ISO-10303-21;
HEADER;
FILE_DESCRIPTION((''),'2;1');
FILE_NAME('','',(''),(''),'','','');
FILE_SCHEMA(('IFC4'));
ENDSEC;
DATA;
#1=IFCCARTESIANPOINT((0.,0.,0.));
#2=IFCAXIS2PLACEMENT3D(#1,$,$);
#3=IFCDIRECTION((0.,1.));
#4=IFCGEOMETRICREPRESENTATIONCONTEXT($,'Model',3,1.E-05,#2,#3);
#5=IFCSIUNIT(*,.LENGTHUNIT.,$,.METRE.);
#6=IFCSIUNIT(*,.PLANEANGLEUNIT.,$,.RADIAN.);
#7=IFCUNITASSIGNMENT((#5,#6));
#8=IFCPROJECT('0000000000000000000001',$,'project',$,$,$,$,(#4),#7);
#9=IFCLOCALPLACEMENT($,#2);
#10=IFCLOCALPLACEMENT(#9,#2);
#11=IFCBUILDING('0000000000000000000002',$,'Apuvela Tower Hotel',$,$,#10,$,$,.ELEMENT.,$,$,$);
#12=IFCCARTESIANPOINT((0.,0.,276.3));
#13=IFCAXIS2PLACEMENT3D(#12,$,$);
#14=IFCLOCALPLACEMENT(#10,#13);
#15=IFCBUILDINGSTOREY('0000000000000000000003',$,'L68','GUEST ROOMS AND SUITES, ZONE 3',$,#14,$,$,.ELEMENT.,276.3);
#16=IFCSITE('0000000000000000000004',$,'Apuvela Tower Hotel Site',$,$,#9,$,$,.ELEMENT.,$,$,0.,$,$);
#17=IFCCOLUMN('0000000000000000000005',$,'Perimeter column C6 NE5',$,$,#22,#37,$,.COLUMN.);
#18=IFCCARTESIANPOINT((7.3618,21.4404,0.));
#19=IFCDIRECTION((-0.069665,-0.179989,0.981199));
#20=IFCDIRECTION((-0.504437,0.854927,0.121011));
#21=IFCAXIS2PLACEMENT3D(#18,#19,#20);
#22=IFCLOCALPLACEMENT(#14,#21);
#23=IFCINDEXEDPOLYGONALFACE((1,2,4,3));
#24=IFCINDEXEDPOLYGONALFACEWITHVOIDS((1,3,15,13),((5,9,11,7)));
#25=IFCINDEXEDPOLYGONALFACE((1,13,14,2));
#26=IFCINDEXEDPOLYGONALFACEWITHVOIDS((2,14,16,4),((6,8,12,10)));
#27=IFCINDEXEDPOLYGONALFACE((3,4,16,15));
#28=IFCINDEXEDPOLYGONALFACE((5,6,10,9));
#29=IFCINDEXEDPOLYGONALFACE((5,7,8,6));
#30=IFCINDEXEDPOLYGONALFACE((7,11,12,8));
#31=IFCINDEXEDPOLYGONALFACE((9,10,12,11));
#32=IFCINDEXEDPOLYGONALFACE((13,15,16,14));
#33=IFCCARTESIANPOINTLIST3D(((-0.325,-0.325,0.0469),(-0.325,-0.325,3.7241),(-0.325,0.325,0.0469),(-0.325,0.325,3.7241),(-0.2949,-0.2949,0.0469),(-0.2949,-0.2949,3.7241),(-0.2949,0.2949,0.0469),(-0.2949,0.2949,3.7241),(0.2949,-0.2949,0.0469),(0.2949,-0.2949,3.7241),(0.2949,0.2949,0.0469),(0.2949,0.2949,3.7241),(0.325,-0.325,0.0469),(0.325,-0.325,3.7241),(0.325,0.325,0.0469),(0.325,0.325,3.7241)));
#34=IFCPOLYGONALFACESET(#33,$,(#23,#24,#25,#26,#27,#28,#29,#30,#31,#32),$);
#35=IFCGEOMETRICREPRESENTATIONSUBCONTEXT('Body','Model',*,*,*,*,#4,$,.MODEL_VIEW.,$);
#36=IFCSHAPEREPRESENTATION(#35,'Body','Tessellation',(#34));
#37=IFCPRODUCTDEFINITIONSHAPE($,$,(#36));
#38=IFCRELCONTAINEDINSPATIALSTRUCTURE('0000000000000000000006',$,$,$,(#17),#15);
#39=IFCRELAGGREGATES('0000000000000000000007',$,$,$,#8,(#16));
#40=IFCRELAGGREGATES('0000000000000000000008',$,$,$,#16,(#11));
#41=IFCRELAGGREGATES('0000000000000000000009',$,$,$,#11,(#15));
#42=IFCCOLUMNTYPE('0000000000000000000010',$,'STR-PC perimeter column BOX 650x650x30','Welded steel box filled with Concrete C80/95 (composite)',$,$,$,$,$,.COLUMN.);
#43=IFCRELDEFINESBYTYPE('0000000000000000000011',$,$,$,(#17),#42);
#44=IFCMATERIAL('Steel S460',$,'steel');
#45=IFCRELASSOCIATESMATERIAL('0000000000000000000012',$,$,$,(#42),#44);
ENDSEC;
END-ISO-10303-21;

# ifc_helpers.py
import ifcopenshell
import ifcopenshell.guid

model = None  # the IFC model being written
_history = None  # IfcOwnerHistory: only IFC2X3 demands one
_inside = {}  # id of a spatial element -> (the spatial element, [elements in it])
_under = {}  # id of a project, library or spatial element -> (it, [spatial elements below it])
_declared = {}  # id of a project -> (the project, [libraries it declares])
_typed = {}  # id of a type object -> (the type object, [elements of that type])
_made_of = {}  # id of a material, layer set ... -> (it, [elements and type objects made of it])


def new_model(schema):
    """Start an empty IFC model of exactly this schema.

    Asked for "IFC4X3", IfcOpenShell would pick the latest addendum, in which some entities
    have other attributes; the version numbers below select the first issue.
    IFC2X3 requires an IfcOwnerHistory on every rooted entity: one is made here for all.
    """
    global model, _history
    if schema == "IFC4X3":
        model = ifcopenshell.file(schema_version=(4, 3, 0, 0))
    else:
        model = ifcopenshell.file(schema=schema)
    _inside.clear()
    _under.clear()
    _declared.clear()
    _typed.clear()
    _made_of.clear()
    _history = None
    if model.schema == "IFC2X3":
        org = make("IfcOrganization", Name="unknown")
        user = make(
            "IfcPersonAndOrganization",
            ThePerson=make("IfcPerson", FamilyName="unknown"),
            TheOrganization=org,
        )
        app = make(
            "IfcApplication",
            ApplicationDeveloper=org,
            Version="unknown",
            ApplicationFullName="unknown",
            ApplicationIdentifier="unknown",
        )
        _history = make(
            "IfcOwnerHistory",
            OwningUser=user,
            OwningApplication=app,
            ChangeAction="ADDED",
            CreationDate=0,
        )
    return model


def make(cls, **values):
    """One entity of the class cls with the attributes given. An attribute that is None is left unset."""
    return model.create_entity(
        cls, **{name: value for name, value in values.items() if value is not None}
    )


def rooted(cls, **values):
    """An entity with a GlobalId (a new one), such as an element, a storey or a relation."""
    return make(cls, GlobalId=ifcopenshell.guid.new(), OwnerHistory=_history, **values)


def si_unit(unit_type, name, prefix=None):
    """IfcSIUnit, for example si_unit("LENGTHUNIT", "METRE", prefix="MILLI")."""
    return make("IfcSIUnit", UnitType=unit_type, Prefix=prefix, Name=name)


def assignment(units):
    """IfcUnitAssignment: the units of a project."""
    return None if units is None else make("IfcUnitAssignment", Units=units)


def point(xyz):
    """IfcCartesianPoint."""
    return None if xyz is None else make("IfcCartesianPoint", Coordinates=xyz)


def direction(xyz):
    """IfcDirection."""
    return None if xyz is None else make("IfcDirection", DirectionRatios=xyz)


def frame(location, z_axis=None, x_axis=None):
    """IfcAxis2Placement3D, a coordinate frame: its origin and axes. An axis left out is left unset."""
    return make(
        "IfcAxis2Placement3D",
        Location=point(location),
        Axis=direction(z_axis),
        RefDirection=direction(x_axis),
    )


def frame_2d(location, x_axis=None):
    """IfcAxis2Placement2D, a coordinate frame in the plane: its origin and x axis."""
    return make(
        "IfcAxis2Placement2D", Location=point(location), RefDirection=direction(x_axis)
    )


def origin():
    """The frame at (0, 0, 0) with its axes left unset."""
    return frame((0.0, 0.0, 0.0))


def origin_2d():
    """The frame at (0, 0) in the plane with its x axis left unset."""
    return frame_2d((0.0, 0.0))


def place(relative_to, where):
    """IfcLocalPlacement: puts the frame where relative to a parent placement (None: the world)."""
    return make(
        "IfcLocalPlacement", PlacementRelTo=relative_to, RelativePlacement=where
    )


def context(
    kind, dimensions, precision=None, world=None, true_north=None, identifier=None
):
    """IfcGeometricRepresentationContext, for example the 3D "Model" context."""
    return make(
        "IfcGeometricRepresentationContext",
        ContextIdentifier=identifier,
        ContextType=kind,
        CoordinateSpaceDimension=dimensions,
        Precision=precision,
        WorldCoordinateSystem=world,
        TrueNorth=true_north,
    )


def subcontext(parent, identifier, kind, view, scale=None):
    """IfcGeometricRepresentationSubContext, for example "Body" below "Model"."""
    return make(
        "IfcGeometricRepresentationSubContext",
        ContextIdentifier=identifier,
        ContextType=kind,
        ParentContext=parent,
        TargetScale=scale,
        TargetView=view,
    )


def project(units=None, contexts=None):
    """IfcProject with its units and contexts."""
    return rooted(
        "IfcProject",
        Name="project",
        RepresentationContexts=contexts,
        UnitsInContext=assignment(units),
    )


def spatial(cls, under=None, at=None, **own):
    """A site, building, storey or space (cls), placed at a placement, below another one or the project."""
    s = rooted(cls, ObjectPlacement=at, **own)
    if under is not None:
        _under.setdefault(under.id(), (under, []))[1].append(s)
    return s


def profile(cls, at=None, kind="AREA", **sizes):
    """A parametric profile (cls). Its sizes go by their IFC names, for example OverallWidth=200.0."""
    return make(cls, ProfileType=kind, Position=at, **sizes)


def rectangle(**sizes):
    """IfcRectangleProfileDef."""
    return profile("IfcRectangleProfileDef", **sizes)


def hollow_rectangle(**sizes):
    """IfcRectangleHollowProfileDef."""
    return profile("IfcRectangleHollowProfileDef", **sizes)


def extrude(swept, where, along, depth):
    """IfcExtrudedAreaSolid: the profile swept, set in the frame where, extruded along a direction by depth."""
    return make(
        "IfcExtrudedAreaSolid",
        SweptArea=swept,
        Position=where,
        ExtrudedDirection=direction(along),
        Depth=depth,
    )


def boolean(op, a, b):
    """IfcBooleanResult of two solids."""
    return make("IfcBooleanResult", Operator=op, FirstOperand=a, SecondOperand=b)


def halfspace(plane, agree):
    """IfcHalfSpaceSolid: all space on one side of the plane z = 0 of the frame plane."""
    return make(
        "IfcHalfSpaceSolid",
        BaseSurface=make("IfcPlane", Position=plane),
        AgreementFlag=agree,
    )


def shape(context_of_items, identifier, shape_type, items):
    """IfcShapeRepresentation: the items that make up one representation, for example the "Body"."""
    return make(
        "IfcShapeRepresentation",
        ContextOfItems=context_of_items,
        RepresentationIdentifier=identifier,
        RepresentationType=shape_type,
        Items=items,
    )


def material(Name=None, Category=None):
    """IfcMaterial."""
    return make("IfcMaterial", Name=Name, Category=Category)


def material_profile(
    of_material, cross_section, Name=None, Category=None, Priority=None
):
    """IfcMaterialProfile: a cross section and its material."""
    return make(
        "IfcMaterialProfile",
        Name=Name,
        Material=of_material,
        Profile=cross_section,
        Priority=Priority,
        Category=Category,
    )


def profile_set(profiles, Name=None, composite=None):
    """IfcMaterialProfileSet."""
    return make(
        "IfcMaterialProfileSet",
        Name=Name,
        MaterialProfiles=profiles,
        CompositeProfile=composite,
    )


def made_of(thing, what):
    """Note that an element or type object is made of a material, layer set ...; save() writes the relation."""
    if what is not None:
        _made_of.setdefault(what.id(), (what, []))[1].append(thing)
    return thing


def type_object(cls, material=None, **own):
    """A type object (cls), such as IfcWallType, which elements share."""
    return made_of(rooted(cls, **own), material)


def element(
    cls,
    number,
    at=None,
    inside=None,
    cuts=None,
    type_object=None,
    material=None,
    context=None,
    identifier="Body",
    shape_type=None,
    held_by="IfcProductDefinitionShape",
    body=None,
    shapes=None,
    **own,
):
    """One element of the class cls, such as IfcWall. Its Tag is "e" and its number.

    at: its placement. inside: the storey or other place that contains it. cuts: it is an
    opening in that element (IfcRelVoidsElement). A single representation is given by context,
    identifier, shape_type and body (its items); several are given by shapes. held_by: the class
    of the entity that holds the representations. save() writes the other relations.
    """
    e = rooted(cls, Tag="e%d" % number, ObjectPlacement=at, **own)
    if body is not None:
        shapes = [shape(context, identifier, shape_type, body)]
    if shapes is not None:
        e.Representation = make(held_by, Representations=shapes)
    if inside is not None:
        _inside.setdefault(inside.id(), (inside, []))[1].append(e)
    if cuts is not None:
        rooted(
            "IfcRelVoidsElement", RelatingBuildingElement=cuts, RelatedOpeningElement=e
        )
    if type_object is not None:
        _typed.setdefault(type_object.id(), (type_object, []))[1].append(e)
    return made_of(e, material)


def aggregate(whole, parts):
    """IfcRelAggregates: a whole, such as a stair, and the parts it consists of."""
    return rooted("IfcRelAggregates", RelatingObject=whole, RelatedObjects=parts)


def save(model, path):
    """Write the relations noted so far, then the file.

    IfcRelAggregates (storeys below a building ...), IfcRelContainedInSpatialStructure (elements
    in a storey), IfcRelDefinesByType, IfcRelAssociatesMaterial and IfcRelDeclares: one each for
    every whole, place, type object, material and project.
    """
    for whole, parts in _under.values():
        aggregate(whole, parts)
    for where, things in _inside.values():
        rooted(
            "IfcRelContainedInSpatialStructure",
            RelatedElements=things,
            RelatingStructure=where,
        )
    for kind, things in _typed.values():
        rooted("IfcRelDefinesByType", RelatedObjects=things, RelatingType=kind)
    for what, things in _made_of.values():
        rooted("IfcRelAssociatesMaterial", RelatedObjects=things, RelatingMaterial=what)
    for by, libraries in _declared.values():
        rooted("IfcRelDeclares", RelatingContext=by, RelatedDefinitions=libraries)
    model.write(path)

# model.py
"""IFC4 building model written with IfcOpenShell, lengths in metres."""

from ifc_helpers import new_model, si_unit, direction, frame, origin, origin_2d, place, context, subcontext, project, spatial, rectangle, hollow_rectangle, extrude, boolean, halfspace, material, material_profile, profile_set, type_object, element, save


model = new_model("IFC4")

# Units and contexts
model_context = context("Model", 3, precision=1e-05, world=origin(), true_north=direction((0.0, 1.0)))
body_context = subcontext(model_context, "Body", "Model", "MODEL_VIEW")
ifc_project = project(units=[si_unit("LENGTHUNIT", "METRE"), si_unit("PLANEANGLEUNIT", "RADIAN")], contexts=[model_context])

# Site, building, storey
site_placement = place(None, origin())
site = spatial("IfcSite", under=ifc_project, at=site_placement, Name="Apuvela Tower Hotel Site", CompositionType="ELEMENT", RefElevation=0.0)
building_placement = place(site_placement, origin())
building = spatial("IfcBuilding", under=site, at=building_placement, Name="Apuvela Tower Hotel", CompositionType="ELEMENT")
storey_placement = place(building_placement, frame((0.0, 0.0, 276.3)))
storey = spatial("IfcBuildingStorey", under=building, at=storey_placement, Name="L68", Description="GUEST ROOMS AND SUITES, ZONE 3", CompositionType="ELEMENT", Elevation=276.3)

# Column
ifc_material_1 = material(Name="Steel S460", Category="steel")
ifc_material_profile_1 = material_profile(ifc_material_1, hollow_rectangle(XDim=0.6499, YDim=0.6499, WallThickness=0.03, at=origin_2d()), Name="BOX 650x650x30")
ifc_material_2 = material(Name="Concrete C80/95", Category="concrete")
ifc_material_profile_2 = material_profile(ifc_material_2, rectangle(XDim=0.5901, YDim=0.5901, at=origin_2d()), Name="Concrete C80/95 infill")
ifc_profile_set_1 = profile_set([ifc_material_profile_1, ifc_material_profile_2], Name="Steel S460")
column_type = type_object("IfcColumnType", Name="STR-PC perimeter column BOX 650x650x30", Description="Welded steel box filled with Concrete C80/95 (composite)", PredefinedType="COLUMN", material=ifc_profile_set_1)
column_placement = place(storey_placement, frame((7.3618, 21.4404, 0.0), z_axis=(-0.069665, -0.179989, 0.981199), x_axis=(-0.504437, 0.854927, 0.121011)))
element("IfcColumn", 1, at=column_placement, inside=storey, type_object=column_type, Name="Perimeter column C6 NE5", PredefinedType="COLUMN", context=body_context, shape_type="SweptSolid", body=[
    boolean("DIFFERENCE", boolean("DIFFERENCE", extrude(hollow_rectangle(XDim=0.6499, YDim=0.6499, WallThickness=0.03, at=origin_2d()), origin(), (0.0, 0.0, 1.0), 3.7708), halfspace(frame((0.0, 0.0, 0.0469), z_axis=(0.0, 0.0, 1.0), x_axis=(1.0, 0.0, 0.0)), True)), halfspace(frame((0.0, 0.0, 3.7241), z_axis=(0.0, 0.0, 1.0), x_axis=(1.0, 0.0, 0.0)), False)),
])

save(model, "model.ifc")
